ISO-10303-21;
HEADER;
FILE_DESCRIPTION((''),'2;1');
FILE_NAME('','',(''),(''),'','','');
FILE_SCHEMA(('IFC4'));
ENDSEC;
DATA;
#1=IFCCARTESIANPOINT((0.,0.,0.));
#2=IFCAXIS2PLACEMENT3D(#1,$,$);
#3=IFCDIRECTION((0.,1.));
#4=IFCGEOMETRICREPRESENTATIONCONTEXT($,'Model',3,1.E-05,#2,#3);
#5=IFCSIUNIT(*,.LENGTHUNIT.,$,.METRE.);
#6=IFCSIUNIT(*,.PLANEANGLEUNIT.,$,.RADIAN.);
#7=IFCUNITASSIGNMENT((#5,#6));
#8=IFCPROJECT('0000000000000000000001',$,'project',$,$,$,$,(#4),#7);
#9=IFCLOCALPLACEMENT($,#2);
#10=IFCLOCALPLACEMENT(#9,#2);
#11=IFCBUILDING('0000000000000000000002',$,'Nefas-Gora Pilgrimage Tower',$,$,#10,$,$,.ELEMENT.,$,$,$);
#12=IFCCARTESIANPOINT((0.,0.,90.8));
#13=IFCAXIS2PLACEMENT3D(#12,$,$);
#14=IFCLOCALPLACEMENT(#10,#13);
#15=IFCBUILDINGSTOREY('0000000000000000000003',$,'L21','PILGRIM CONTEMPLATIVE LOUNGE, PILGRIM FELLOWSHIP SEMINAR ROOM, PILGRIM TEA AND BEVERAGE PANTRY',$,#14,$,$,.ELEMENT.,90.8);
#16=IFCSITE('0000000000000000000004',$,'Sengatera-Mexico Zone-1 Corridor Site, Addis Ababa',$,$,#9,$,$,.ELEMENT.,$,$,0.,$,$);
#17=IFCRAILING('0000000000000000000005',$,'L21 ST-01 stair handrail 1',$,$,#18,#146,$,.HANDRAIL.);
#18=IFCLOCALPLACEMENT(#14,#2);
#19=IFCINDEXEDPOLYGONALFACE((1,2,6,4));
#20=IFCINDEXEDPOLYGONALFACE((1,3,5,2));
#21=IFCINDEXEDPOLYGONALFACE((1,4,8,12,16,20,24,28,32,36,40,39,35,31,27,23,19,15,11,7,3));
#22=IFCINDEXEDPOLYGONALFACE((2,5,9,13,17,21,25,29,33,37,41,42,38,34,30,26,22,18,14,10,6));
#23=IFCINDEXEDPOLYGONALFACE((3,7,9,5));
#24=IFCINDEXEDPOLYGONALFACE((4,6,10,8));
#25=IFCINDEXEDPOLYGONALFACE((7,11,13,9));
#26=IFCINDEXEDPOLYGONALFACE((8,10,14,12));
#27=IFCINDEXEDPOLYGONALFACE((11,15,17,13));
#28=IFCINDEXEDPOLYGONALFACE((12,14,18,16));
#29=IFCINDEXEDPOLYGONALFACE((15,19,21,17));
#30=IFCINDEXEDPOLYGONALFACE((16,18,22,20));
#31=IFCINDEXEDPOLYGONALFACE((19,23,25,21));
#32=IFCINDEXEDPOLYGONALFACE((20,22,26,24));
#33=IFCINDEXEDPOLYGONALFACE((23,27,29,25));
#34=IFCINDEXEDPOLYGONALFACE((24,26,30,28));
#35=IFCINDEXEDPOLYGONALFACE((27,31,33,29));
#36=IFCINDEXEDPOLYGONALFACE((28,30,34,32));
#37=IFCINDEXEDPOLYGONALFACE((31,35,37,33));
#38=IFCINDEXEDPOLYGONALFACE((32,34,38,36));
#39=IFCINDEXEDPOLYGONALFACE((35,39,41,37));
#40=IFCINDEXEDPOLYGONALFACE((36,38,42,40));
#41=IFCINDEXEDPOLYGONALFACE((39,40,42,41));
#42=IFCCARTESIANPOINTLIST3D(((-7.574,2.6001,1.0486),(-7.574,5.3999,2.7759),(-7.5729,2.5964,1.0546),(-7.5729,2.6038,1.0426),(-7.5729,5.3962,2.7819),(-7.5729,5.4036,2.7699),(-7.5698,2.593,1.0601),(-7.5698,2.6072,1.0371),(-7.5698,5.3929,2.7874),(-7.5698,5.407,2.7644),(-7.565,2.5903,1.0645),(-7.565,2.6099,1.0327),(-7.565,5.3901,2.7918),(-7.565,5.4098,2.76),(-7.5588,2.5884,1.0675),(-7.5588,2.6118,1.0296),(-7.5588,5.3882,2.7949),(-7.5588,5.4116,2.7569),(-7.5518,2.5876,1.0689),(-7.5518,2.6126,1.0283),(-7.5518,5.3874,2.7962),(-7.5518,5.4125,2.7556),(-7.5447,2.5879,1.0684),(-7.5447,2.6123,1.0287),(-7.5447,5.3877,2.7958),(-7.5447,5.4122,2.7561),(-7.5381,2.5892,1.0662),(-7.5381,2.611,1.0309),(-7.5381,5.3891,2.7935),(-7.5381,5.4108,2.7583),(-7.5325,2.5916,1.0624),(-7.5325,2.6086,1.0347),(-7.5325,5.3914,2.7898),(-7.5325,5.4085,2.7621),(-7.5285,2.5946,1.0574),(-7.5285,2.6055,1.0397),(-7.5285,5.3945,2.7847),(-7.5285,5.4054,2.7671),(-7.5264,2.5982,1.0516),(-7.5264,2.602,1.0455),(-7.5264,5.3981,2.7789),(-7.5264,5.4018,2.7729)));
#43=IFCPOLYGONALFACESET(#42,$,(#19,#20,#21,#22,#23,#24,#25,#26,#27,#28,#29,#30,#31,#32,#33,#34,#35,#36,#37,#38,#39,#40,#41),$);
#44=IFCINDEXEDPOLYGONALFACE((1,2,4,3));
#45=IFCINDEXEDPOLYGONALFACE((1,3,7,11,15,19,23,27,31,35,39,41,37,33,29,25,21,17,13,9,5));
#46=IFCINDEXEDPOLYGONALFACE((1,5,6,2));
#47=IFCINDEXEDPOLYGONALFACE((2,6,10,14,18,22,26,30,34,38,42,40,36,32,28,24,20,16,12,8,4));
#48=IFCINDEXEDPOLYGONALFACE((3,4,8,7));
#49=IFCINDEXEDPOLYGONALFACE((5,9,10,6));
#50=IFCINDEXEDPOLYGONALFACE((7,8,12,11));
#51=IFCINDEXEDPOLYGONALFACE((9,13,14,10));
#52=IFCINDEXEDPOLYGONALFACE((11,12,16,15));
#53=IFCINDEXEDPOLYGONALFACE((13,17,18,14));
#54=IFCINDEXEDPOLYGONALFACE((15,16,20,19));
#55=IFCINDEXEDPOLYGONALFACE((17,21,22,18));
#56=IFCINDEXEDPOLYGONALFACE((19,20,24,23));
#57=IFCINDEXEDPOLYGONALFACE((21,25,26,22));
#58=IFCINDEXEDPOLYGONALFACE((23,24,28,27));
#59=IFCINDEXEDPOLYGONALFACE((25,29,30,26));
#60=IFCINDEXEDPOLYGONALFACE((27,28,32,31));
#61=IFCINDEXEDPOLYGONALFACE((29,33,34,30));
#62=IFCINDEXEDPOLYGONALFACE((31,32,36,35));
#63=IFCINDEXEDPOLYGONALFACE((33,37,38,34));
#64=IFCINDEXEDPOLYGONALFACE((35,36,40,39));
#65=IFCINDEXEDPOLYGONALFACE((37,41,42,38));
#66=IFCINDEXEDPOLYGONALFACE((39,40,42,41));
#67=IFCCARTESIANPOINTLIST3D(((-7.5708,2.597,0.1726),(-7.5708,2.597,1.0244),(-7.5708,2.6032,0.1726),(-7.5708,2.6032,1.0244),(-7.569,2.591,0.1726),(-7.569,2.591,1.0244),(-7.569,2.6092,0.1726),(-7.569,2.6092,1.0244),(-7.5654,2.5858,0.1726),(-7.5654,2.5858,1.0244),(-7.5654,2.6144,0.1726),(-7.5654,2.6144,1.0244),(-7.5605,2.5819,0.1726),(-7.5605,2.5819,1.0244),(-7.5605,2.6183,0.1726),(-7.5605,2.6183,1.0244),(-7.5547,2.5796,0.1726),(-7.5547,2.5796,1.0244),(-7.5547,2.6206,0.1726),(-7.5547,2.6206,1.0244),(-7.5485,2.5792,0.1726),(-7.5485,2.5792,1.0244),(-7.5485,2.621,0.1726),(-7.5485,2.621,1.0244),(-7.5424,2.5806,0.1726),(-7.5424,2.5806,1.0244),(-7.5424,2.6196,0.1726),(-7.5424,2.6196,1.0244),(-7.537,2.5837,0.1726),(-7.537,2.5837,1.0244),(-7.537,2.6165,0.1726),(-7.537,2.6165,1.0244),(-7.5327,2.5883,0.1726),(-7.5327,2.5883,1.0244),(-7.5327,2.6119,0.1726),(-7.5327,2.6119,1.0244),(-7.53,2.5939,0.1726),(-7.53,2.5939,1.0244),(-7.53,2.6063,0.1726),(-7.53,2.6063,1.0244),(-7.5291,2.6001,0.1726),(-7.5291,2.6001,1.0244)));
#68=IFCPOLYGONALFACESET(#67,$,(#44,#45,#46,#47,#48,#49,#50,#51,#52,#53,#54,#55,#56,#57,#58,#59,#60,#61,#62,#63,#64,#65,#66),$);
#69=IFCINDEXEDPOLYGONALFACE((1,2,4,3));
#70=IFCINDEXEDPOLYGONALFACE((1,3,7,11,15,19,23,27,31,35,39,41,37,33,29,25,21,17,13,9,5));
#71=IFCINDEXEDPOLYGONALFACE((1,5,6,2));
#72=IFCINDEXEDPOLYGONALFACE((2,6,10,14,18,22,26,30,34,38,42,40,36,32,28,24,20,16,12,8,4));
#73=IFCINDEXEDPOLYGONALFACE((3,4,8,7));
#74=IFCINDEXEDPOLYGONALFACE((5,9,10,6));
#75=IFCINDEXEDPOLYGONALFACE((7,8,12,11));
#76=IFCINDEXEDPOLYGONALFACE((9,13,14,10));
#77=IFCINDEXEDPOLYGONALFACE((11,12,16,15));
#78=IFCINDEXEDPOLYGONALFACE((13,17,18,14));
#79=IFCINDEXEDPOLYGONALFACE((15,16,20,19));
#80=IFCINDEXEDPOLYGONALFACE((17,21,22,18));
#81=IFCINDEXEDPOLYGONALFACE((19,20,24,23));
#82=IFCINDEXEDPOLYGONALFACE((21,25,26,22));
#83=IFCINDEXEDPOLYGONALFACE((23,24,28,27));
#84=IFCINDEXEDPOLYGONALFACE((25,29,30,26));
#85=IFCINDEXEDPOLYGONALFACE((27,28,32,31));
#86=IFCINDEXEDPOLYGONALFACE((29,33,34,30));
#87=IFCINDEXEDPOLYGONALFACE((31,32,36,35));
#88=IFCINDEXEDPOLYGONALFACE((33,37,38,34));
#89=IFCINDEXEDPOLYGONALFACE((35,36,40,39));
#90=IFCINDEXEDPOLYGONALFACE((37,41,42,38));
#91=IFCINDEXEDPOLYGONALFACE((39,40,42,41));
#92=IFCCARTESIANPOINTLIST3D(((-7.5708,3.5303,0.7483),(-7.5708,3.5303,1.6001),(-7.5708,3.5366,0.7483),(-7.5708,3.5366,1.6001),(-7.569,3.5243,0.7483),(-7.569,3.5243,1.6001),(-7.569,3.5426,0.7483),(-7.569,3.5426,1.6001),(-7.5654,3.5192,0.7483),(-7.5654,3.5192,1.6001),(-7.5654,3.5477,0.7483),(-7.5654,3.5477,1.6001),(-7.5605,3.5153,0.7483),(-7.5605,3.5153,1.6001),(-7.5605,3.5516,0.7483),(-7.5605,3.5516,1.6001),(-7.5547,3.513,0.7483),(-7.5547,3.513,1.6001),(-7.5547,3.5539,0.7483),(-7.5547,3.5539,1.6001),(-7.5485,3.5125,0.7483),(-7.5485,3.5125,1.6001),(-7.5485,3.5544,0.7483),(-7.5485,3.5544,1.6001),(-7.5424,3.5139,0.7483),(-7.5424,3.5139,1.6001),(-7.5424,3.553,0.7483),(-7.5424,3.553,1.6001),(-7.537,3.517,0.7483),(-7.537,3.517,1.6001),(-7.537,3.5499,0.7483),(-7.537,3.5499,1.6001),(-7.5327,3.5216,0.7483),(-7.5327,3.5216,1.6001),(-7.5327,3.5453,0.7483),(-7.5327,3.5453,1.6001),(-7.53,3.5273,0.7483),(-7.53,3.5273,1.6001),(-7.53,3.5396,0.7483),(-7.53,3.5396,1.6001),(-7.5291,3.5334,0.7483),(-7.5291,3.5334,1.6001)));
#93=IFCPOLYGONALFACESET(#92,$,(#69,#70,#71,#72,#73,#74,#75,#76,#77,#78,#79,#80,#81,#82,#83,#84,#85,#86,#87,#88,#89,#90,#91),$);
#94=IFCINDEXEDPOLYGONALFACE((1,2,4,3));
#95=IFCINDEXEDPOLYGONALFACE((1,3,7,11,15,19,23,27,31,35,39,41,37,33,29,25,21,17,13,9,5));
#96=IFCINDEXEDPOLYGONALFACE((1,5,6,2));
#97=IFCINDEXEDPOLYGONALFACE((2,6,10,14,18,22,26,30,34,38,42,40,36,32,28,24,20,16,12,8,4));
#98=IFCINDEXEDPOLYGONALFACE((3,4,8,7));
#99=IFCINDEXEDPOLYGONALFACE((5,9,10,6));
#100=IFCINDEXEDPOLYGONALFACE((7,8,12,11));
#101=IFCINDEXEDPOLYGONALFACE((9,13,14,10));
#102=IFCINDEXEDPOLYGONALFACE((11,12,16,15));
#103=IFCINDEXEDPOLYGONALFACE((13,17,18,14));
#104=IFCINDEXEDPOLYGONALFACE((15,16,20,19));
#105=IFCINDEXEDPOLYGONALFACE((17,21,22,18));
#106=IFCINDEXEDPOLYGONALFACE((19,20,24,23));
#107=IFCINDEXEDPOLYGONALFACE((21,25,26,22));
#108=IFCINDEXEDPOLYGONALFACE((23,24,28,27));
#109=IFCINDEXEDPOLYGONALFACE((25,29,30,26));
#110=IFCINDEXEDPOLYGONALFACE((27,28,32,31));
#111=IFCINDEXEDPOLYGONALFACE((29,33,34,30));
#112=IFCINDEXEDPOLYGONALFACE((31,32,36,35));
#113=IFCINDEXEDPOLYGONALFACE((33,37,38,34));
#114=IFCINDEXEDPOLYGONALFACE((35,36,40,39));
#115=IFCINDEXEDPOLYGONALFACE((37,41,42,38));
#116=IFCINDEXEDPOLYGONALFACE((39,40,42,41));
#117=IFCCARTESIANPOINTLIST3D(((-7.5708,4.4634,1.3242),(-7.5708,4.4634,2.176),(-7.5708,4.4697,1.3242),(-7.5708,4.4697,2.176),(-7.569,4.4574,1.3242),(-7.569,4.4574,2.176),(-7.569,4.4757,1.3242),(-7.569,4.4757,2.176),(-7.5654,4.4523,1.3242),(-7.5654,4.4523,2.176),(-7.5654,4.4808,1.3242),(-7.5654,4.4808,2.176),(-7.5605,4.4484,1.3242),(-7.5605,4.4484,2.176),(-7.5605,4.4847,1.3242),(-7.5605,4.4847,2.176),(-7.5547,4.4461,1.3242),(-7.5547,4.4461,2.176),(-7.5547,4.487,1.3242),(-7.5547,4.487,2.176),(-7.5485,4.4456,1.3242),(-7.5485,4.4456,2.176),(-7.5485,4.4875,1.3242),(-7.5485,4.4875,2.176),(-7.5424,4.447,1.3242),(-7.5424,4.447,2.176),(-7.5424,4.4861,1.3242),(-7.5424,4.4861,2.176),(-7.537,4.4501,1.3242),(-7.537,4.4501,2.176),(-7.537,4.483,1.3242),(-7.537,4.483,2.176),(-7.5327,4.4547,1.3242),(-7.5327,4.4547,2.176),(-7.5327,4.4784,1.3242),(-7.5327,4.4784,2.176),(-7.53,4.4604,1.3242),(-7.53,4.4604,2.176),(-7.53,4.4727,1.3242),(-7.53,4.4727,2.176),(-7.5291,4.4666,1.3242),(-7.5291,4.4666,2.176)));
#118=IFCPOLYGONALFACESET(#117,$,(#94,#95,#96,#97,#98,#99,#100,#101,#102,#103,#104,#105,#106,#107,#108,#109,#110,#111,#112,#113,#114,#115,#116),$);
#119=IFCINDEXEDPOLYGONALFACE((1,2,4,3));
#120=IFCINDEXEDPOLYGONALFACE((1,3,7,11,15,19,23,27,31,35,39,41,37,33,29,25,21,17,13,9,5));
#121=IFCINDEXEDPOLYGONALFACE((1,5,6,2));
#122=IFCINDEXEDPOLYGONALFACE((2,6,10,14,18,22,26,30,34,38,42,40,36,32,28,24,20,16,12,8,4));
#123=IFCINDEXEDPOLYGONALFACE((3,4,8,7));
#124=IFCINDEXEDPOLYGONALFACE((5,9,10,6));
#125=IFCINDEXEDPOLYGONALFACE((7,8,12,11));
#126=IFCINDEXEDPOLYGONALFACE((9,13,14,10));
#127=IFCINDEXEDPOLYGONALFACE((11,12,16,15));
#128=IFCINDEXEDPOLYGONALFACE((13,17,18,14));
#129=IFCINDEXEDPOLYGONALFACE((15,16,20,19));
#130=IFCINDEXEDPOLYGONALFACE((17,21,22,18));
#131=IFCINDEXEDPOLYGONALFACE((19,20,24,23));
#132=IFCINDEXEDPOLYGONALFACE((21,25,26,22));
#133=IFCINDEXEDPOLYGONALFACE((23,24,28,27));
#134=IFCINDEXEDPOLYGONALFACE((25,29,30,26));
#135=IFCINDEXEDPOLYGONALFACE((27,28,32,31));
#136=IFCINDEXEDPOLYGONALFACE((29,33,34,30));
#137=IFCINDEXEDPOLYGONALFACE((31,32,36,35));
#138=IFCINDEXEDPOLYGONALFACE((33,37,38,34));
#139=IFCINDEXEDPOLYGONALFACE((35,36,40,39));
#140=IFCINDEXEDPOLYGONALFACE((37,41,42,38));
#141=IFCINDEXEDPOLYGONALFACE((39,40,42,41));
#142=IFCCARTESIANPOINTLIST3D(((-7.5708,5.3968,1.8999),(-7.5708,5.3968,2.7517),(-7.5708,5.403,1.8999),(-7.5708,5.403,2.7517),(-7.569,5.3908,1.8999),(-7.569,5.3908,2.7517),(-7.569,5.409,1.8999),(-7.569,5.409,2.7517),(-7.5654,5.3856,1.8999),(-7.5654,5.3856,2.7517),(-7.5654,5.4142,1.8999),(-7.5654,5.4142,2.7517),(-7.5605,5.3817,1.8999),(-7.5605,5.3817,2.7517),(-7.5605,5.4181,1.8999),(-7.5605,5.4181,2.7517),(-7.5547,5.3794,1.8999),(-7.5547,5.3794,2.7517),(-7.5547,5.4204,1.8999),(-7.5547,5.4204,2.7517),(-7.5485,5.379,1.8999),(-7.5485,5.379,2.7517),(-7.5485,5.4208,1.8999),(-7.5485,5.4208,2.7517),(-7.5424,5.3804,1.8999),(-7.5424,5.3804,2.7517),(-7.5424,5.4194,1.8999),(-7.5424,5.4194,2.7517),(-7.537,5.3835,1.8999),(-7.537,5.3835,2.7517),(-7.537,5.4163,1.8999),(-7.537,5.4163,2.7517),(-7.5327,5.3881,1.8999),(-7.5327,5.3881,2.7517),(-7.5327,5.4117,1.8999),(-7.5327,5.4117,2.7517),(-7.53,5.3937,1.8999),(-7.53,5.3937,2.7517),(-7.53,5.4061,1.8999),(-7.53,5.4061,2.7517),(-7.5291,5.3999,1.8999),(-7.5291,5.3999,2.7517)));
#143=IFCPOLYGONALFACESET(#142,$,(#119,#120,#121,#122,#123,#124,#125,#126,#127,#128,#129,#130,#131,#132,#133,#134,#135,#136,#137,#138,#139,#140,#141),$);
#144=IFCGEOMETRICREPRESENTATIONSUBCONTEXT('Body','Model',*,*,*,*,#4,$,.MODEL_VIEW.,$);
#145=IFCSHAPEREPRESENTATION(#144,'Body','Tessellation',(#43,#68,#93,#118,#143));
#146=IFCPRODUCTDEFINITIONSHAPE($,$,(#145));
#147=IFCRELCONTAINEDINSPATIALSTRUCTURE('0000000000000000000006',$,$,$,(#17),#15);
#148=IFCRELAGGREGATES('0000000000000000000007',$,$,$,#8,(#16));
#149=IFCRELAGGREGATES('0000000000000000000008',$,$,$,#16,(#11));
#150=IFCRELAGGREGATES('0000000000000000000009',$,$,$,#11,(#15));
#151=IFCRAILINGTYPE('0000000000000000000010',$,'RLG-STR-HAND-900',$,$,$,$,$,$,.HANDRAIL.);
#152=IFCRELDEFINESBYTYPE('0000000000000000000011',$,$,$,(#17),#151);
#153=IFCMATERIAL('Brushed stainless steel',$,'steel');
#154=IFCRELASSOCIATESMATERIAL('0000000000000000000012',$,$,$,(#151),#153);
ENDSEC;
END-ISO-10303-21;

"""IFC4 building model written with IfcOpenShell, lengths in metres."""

from ifc_helpers import new_model, si_unit, direction, frame, origin, origin_2d, place, context, subcontext, project, spatial, circle, extrude, material, type_object, element, save


model = new_model("IFC4")

# Units and contexts
model_context = context("Model", 3, precision=1e-05, world=origin(), true_north=direction((0.0, 1.0)))
body_context = subcontext(model_context, "Body", "Model", "MODEL_VIEW")
ifc_project = project(units=[si_unit("LENGTHUNIT", "METRE"), si_unit("PLANEANGLEUNIT", "RADIAN")], contexts=[model_context])

# Site, building, storey
site_placement = place(None, origin())
site = spatial("IfcSite", under=ifc_project, at=site_placement, Name="Sengatera-Mexico Zone-1 Corridor Site, Addis Ababa", CompositionType="ELEMENT", RefElevation=0.0)
building_placement = place(site_placement, origin())
building = spatial("IfcBuilding", under=site, at=building_placement, Name="Nefas-Gora Pilgrimage Tower", CompositionType="ELEMENT")
storey_placement = place(building_placement, frame((0.0, 0.0, 90.8)))
storey = spatial("IfcBuildingStorey", under=building, at=storey_placement, Name="L21", Description="PILGRIM CONTEMPLATIVE LOUNGE, PILGRIM FELLOWSHIP SEMINAR ROOM, PILGRIM TEA AND BEVERAGE PANTRY", CompositionType="ELEMENT", Elevation=90.8)

# Railing
ifc_material_1 = material(Name="Brushed stainless steel", Category="steel")
railing_type_1 = type_object("IfcRailingType", Name="RLG-STR-HAND-900", PredefinedType="HANDRAIL", material=ifc_material_1)
railing_1_placement = place(storey_placement, frame((-7.55, 2.6001, 0.1726)))
element("IfcRailing", 1, at=railing_1_placement, inside=storey, type_object=railing_type_1, Name="L21 ST-01 stair handrail 1", PredefinedType="HANDRAIL", context=body_context, shape_type="SweptSolid", body=[
    extrude(circle(Radius=0.0239, at=origin_2d()), frame((0.0, 0.0, 0.876), z_axis=(0.0, 0.851069, 0.525054), x_axis=(-1.0, 0.0, 0.0)), (0.0, 0.0, 1.0), 3.2898),
    extrude(circle(Radius=0.021, at=origin_2d()), origin(), (0.0, 0.0, 1.0), 0.8518),
    extrude(circle(Radius=0.021, at=origin_2d()), frame((0.0, 0.9333, 0.5757)), (0.0, 0.0, 1.0), 0.8518),
    extrude(circle(Radius=0.021, at=origin_2d()), frame((0.0, 1.8665, 1.1516)), (0.0, 0.0, 1.0), 0.8518),
    extrude(circle(Radius=0.021, at=origin_2d()), frame((0.0, 2.7998, 1.7273)), (0.0, 0.0, 1.0), 0.8518),
])

save(model, "model.ifc")
